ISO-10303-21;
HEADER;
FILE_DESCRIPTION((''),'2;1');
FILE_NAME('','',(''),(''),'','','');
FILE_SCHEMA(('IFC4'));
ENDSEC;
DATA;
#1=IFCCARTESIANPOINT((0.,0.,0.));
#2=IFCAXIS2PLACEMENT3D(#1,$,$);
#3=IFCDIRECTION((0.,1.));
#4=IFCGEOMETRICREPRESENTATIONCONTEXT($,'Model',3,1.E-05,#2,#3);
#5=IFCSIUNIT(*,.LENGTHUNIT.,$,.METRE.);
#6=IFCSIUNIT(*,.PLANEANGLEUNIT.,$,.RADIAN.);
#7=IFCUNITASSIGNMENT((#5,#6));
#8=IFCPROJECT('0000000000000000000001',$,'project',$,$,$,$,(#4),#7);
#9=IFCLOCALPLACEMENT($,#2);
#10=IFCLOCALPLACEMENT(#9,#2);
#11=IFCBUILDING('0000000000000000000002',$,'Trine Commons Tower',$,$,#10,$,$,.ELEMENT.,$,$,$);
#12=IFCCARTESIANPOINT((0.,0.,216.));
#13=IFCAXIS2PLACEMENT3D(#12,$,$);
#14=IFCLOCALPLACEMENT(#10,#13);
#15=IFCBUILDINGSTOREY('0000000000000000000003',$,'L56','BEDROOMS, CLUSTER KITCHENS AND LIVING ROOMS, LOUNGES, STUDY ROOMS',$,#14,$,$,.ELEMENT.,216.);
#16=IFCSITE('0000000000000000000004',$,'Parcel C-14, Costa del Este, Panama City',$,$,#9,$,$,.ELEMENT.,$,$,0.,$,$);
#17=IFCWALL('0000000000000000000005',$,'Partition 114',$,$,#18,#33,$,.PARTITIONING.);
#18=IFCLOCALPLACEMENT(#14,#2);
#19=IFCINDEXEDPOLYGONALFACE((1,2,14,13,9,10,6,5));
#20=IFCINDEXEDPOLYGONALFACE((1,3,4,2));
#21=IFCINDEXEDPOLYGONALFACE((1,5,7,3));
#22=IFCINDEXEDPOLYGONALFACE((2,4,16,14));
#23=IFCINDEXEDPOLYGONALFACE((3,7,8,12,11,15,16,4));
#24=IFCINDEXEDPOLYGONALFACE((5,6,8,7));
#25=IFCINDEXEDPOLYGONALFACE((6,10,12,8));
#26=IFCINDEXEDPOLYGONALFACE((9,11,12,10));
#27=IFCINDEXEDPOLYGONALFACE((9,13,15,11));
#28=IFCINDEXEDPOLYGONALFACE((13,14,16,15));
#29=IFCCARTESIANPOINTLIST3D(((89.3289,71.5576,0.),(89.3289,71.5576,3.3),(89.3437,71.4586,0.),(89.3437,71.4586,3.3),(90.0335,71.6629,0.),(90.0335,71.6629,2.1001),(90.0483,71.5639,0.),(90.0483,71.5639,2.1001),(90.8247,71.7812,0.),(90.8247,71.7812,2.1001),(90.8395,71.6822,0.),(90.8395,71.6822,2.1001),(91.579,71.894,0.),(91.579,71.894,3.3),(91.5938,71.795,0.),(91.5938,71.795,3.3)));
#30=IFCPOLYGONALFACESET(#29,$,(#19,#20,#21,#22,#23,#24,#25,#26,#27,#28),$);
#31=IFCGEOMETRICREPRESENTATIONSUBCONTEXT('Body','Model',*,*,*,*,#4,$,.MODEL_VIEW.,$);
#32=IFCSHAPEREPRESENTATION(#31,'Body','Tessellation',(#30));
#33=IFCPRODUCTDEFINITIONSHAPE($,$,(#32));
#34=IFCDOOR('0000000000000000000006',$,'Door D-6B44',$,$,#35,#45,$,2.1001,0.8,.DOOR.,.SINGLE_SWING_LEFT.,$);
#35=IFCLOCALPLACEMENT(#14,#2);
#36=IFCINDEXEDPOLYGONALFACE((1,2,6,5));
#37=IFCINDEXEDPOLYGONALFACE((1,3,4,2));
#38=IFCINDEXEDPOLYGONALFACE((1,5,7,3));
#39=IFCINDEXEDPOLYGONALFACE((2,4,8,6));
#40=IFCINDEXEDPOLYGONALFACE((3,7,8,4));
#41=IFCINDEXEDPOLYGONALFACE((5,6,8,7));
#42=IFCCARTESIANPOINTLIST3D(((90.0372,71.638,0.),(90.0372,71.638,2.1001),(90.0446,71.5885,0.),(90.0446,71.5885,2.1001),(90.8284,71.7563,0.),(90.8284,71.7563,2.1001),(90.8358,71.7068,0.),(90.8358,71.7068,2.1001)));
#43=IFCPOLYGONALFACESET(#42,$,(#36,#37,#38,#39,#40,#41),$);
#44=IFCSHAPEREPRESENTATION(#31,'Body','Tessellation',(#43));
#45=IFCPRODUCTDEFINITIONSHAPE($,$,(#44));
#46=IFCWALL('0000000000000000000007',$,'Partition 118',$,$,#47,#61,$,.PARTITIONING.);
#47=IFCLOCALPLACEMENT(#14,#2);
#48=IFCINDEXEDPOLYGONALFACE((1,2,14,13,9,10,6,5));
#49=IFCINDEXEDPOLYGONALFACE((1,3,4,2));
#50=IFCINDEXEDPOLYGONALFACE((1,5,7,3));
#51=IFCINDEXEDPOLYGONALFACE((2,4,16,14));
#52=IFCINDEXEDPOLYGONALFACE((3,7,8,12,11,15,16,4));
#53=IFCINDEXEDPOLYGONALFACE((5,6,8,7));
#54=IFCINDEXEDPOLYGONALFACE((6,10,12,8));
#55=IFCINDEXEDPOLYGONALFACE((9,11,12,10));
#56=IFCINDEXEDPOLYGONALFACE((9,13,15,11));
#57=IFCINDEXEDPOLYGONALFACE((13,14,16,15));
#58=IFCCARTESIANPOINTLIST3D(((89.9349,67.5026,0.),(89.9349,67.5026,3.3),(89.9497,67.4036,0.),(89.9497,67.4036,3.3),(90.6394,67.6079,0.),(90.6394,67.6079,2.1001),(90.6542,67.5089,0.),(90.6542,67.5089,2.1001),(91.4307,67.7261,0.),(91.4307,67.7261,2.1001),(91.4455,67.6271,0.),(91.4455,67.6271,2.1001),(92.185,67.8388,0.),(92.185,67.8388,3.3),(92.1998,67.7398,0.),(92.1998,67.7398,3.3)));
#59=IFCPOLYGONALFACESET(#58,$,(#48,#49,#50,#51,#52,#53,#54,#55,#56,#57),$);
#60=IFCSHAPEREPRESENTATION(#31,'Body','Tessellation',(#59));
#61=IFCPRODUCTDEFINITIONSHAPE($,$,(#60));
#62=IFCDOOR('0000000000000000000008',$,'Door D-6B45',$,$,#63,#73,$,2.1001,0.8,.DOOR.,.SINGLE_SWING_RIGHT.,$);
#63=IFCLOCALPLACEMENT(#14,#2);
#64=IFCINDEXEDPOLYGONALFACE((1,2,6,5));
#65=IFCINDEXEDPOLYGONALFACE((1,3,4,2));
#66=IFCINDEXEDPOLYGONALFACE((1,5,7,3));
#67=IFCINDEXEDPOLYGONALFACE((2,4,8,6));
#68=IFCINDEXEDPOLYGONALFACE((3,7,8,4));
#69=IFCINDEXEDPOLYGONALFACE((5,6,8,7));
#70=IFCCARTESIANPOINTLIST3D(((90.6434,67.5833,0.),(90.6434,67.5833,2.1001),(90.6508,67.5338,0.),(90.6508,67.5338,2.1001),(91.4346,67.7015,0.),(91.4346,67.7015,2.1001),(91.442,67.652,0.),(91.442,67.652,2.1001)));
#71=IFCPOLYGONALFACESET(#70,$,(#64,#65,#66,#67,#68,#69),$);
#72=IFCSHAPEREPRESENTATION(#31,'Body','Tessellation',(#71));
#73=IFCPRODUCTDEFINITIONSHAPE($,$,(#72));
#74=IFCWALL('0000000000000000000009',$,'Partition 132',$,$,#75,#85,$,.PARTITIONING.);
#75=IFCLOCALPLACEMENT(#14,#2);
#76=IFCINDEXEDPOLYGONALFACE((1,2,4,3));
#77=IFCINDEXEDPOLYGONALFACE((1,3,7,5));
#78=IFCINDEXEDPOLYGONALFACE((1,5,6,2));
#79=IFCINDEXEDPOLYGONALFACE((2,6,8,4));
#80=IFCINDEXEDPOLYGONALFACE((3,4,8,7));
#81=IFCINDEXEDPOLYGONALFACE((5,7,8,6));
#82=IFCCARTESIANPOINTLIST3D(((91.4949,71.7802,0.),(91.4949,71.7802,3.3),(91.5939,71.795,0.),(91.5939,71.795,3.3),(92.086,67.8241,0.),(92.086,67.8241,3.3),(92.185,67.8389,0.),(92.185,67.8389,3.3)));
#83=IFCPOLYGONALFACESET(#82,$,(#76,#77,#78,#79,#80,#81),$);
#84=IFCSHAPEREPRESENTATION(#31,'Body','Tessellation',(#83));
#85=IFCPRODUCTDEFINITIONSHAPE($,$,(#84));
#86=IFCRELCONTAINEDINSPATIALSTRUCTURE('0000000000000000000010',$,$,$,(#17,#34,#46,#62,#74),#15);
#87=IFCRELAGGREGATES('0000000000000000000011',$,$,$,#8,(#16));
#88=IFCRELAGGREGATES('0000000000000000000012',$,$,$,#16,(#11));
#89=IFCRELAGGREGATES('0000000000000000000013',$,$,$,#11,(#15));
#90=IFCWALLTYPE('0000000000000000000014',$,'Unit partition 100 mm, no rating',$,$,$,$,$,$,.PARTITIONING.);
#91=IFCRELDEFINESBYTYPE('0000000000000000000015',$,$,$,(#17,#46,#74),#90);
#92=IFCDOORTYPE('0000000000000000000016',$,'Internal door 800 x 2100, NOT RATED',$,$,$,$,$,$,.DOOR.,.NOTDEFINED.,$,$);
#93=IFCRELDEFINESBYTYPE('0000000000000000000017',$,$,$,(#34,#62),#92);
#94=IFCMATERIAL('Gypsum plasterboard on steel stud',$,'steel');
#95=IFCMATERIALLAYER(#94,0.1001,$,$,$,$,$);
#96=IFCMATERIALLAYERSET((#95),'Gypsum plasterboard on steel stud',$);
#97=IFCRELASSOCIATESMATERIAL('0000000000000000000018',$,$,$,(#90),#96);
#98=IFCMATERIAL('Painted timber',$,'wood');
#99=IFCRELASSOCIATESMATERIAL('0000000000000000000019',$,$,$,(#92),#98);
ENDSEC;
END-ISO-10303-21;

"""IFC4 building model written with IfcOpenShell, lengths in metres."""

from ifc_helpers import new_model, si_unit, direction, frame, frame_2d, origin, place, context, subcontext, project, spatial, rectangle, extrude, material, layer, layer_set, type_object, element, fill, save


model = new_model("IFC4")

# Units and contexts
model_context = context("Model", 3, precision=1e-05, world=origin(), true_north=direction((0.0, 1.0)))
body_context = subcontext(model_context, "Body", "Model", "MODEL_VIEW")
ifc_project = project(units=[si_unit("LENGTHUNIT", "METRE"), si_unit("PLANEANGLEUNIT", "RADIAN")], contexts=[model_context])

# Site, building, storey
site_placement = place(None, origin())
site = spatial("IfcSite", under=ifc_project, at=site_placement, Name="Parcel C-14, Costa del Este, Panama City", CompositionType="ELEMENT", RefElevation=0.0)
building_placement = place(site_placement, origin())
building = spatial("IfcBuilding", under=site, at=building_placement, Name="Trine Commons Tower", CompositionType="ELEMENT")
storey_placement = place(building_placement, frame((0.0, 0.0, 216.0)))
storey = spatial("IfcBuildingStorey", under=building, at=storey_placement, Name="L56", Description="BEDROOMS, CLUSTER KITCHENS AND LIVING ROOMS, LOUNGES, STUDY ROOMS", CompositionType="ELEMENT", Elevation=216.0)

# Shared definitions
ifc_material_1 = material(Name="Gypsum plasterboard on steel stud", Category="steel")

# Walls, openings, doors
ifc_layer_1 = layer(ifc_material_1, 0.1001)
ifc_layer_set_1 = layer_set([ifc_layer_1], Name="Gypsum plasterboard on steel stud")
wall_type_1 = type_object("IfcWallType", Name="Unit partition 100 mm, no rating", PredefinedType="PARTITIONING", material=ifc_layer_set_1)
wall_1_placement = place(storey_placement, frame((89.3362, 71.5081, 0.0), z_axis=(0.0, 0.0, 1.0), x_axis=(0.989008, 0.147863, 0.0)))
wall_1 = element("IfcWall", 1, at=wall_1_placement, inside=storey, type_object=wall_type_1, Name="Partition 114", PredefinedType="PARTITIONING", context=body_context, shape_type="SweptSolid", body=[
    extrude(rectangle(XDim=2.2751, YDim=0.1001, at=frame_2d((1.1377, 0.0))), origin(), (0.0, 0.0, 1.0), 3.3),
])
opening_1_placement = place(wall_1_placement, frame((0.7126, 0.0, 0.0)))
opening_1 = element("IfcOpeningElement", 2, at=opening_1_placement, cuts=wall_1, PredefinedType="OPENING", context=body_context, shape_type="SweptSolid", body=[
    extrude(rectangle(XDim=0.8, YDim=2.1001, at=frame_2d((0.3999, 1.05))), frame((0.0, 0.0601, 0.0), z_axis=(0.0, -1.0, 0.0), x_axis=(1.0, 0.0, 0.0)), (0.0, 0.0, 1.0), 0.1201),
])
ifc_material_2 = material(Name="Painted timber", Category="wood")
door_type_1 = type_object("IfcDoorType", Name="Internal door 800 x 2100, NOT RATED", OperationType="NOTDEFINED", PredefinedType="DOOR", material=ifc_material_2)
door_1_placement = place(opening_1_placement, origin())
door_1 = element("IfcDoor", 3, at=door_1_placement, inside=storey, type_object=door_type_1, Name="Door D-6B44", OperationType="SINGLE_SWING_LEFT", OverallHeight=2.1001, OverallWidth=0.8, PredefinedType="DOOR", context=body_context, shape_type="SweptSolid", body=[
    extrude(rectangle(XDim=0.8, YDim=2.1001, at=frame_2d((0.3999, 1.05))), frame((0.0, 0.0249, 0.0), z_axis=(0.0, -1.0, 0.0), x_axis=(1.0, 0.0, 0.0)), (0.0, 0.0, 1.0), 0.05),
])
fill(opening_1, door_1)
wall_2_placement = place(storey_placement, frame((89.9421, 67.4531, 0.0), z_axis=(0.0, 0.0, 1.0), x_axis=(0.989024, 0.147758, 0.0)))
wall_2 = element("IfcWall", 4, at=wall_2_placement, inside=storey, type_object=wall_type_1, Name="Partition 118", PredefinedType="PARTITIONING", context=body_context, shape_type="SweptSolid", body=[
    extrude(rectangle(XDim=2.2751, YDim=0.1001, at=frame_2d((1.1377, 0.0))), origin(), (0.0, 0.0, 1.0), 3.3),
])
opening_2_placement = place(wall_2_placement, frame((0.7126, 0.0, 0.0)))
opening_2 = element("IfcOpeningElement", 5, at=opening_2_placement, cuts=wall_2, PredefinedType="OPENING", context=body_context, shape_type="SweptSolid", body=[
    extrude(rectangle(XDim=0.8, YDim=2.1001, at=frame_2d((0.3999, 1.05))), frame((0.0, 0.0601, 0.0), z_axis=(0.0, -1.0, 0.0), x_axis=(1.0, 0.0, 0.0)), (0.0, 0.0, 1.0), 0.1201),
])
door_2_placement = place(opening_2_placement, frame((0.8, 0.0, 0.0), z_axis=(0.0, 0.0, 1.0), x_axis=(-1.0, 0.0, 0.0)))
door_2 = element("IfcDoor", 6, at=door_2_placement, inside=storey, type_object=door_type_1, Name="Door D-6B45", OperationType="SINGLE_SWING_RIGHT", OverallHeight=2.1001, OverallWidth=0.8, PredefinedType="DOOR", context=body_context, shape_type="SweptSolid", body=[
    extrude(rectangle(XDim=0.8, YDim=2.1001, at=frame_2d((0.3999, 1.05))), frame((0.0, 0.0249, 0.0), z_axis=(0.0, -1.0, 0.0), x_axis=(1.0, 0.0, 0.0)), (0.0, 0.0, 1.0), 0.05),
])
fill(opening_2, door_2)

# Wall
wall_3_placement = place(storey_placement, frame((91.5444, 71.7876, 0.0), z_axis=(0.0, 0.0, 1.0), x_axis=(0.147767, -0.989022, 0.0)))
element("IfcWall", 7, at=wall_3_placement, inside=storey, type_object=wall_type_1, Name="Partition 132", PredefinedType="PARTITIONING", context=body_context, shape_type="SweptSolid", body=[
    extrude(rectangle(XDim=4.0, YDim=0.1001, at=frame_2d((2.0, 0.0))), origin(), (0.0, 0.0, 1.0), 3.3),
])

save(model, "model.ifc")
